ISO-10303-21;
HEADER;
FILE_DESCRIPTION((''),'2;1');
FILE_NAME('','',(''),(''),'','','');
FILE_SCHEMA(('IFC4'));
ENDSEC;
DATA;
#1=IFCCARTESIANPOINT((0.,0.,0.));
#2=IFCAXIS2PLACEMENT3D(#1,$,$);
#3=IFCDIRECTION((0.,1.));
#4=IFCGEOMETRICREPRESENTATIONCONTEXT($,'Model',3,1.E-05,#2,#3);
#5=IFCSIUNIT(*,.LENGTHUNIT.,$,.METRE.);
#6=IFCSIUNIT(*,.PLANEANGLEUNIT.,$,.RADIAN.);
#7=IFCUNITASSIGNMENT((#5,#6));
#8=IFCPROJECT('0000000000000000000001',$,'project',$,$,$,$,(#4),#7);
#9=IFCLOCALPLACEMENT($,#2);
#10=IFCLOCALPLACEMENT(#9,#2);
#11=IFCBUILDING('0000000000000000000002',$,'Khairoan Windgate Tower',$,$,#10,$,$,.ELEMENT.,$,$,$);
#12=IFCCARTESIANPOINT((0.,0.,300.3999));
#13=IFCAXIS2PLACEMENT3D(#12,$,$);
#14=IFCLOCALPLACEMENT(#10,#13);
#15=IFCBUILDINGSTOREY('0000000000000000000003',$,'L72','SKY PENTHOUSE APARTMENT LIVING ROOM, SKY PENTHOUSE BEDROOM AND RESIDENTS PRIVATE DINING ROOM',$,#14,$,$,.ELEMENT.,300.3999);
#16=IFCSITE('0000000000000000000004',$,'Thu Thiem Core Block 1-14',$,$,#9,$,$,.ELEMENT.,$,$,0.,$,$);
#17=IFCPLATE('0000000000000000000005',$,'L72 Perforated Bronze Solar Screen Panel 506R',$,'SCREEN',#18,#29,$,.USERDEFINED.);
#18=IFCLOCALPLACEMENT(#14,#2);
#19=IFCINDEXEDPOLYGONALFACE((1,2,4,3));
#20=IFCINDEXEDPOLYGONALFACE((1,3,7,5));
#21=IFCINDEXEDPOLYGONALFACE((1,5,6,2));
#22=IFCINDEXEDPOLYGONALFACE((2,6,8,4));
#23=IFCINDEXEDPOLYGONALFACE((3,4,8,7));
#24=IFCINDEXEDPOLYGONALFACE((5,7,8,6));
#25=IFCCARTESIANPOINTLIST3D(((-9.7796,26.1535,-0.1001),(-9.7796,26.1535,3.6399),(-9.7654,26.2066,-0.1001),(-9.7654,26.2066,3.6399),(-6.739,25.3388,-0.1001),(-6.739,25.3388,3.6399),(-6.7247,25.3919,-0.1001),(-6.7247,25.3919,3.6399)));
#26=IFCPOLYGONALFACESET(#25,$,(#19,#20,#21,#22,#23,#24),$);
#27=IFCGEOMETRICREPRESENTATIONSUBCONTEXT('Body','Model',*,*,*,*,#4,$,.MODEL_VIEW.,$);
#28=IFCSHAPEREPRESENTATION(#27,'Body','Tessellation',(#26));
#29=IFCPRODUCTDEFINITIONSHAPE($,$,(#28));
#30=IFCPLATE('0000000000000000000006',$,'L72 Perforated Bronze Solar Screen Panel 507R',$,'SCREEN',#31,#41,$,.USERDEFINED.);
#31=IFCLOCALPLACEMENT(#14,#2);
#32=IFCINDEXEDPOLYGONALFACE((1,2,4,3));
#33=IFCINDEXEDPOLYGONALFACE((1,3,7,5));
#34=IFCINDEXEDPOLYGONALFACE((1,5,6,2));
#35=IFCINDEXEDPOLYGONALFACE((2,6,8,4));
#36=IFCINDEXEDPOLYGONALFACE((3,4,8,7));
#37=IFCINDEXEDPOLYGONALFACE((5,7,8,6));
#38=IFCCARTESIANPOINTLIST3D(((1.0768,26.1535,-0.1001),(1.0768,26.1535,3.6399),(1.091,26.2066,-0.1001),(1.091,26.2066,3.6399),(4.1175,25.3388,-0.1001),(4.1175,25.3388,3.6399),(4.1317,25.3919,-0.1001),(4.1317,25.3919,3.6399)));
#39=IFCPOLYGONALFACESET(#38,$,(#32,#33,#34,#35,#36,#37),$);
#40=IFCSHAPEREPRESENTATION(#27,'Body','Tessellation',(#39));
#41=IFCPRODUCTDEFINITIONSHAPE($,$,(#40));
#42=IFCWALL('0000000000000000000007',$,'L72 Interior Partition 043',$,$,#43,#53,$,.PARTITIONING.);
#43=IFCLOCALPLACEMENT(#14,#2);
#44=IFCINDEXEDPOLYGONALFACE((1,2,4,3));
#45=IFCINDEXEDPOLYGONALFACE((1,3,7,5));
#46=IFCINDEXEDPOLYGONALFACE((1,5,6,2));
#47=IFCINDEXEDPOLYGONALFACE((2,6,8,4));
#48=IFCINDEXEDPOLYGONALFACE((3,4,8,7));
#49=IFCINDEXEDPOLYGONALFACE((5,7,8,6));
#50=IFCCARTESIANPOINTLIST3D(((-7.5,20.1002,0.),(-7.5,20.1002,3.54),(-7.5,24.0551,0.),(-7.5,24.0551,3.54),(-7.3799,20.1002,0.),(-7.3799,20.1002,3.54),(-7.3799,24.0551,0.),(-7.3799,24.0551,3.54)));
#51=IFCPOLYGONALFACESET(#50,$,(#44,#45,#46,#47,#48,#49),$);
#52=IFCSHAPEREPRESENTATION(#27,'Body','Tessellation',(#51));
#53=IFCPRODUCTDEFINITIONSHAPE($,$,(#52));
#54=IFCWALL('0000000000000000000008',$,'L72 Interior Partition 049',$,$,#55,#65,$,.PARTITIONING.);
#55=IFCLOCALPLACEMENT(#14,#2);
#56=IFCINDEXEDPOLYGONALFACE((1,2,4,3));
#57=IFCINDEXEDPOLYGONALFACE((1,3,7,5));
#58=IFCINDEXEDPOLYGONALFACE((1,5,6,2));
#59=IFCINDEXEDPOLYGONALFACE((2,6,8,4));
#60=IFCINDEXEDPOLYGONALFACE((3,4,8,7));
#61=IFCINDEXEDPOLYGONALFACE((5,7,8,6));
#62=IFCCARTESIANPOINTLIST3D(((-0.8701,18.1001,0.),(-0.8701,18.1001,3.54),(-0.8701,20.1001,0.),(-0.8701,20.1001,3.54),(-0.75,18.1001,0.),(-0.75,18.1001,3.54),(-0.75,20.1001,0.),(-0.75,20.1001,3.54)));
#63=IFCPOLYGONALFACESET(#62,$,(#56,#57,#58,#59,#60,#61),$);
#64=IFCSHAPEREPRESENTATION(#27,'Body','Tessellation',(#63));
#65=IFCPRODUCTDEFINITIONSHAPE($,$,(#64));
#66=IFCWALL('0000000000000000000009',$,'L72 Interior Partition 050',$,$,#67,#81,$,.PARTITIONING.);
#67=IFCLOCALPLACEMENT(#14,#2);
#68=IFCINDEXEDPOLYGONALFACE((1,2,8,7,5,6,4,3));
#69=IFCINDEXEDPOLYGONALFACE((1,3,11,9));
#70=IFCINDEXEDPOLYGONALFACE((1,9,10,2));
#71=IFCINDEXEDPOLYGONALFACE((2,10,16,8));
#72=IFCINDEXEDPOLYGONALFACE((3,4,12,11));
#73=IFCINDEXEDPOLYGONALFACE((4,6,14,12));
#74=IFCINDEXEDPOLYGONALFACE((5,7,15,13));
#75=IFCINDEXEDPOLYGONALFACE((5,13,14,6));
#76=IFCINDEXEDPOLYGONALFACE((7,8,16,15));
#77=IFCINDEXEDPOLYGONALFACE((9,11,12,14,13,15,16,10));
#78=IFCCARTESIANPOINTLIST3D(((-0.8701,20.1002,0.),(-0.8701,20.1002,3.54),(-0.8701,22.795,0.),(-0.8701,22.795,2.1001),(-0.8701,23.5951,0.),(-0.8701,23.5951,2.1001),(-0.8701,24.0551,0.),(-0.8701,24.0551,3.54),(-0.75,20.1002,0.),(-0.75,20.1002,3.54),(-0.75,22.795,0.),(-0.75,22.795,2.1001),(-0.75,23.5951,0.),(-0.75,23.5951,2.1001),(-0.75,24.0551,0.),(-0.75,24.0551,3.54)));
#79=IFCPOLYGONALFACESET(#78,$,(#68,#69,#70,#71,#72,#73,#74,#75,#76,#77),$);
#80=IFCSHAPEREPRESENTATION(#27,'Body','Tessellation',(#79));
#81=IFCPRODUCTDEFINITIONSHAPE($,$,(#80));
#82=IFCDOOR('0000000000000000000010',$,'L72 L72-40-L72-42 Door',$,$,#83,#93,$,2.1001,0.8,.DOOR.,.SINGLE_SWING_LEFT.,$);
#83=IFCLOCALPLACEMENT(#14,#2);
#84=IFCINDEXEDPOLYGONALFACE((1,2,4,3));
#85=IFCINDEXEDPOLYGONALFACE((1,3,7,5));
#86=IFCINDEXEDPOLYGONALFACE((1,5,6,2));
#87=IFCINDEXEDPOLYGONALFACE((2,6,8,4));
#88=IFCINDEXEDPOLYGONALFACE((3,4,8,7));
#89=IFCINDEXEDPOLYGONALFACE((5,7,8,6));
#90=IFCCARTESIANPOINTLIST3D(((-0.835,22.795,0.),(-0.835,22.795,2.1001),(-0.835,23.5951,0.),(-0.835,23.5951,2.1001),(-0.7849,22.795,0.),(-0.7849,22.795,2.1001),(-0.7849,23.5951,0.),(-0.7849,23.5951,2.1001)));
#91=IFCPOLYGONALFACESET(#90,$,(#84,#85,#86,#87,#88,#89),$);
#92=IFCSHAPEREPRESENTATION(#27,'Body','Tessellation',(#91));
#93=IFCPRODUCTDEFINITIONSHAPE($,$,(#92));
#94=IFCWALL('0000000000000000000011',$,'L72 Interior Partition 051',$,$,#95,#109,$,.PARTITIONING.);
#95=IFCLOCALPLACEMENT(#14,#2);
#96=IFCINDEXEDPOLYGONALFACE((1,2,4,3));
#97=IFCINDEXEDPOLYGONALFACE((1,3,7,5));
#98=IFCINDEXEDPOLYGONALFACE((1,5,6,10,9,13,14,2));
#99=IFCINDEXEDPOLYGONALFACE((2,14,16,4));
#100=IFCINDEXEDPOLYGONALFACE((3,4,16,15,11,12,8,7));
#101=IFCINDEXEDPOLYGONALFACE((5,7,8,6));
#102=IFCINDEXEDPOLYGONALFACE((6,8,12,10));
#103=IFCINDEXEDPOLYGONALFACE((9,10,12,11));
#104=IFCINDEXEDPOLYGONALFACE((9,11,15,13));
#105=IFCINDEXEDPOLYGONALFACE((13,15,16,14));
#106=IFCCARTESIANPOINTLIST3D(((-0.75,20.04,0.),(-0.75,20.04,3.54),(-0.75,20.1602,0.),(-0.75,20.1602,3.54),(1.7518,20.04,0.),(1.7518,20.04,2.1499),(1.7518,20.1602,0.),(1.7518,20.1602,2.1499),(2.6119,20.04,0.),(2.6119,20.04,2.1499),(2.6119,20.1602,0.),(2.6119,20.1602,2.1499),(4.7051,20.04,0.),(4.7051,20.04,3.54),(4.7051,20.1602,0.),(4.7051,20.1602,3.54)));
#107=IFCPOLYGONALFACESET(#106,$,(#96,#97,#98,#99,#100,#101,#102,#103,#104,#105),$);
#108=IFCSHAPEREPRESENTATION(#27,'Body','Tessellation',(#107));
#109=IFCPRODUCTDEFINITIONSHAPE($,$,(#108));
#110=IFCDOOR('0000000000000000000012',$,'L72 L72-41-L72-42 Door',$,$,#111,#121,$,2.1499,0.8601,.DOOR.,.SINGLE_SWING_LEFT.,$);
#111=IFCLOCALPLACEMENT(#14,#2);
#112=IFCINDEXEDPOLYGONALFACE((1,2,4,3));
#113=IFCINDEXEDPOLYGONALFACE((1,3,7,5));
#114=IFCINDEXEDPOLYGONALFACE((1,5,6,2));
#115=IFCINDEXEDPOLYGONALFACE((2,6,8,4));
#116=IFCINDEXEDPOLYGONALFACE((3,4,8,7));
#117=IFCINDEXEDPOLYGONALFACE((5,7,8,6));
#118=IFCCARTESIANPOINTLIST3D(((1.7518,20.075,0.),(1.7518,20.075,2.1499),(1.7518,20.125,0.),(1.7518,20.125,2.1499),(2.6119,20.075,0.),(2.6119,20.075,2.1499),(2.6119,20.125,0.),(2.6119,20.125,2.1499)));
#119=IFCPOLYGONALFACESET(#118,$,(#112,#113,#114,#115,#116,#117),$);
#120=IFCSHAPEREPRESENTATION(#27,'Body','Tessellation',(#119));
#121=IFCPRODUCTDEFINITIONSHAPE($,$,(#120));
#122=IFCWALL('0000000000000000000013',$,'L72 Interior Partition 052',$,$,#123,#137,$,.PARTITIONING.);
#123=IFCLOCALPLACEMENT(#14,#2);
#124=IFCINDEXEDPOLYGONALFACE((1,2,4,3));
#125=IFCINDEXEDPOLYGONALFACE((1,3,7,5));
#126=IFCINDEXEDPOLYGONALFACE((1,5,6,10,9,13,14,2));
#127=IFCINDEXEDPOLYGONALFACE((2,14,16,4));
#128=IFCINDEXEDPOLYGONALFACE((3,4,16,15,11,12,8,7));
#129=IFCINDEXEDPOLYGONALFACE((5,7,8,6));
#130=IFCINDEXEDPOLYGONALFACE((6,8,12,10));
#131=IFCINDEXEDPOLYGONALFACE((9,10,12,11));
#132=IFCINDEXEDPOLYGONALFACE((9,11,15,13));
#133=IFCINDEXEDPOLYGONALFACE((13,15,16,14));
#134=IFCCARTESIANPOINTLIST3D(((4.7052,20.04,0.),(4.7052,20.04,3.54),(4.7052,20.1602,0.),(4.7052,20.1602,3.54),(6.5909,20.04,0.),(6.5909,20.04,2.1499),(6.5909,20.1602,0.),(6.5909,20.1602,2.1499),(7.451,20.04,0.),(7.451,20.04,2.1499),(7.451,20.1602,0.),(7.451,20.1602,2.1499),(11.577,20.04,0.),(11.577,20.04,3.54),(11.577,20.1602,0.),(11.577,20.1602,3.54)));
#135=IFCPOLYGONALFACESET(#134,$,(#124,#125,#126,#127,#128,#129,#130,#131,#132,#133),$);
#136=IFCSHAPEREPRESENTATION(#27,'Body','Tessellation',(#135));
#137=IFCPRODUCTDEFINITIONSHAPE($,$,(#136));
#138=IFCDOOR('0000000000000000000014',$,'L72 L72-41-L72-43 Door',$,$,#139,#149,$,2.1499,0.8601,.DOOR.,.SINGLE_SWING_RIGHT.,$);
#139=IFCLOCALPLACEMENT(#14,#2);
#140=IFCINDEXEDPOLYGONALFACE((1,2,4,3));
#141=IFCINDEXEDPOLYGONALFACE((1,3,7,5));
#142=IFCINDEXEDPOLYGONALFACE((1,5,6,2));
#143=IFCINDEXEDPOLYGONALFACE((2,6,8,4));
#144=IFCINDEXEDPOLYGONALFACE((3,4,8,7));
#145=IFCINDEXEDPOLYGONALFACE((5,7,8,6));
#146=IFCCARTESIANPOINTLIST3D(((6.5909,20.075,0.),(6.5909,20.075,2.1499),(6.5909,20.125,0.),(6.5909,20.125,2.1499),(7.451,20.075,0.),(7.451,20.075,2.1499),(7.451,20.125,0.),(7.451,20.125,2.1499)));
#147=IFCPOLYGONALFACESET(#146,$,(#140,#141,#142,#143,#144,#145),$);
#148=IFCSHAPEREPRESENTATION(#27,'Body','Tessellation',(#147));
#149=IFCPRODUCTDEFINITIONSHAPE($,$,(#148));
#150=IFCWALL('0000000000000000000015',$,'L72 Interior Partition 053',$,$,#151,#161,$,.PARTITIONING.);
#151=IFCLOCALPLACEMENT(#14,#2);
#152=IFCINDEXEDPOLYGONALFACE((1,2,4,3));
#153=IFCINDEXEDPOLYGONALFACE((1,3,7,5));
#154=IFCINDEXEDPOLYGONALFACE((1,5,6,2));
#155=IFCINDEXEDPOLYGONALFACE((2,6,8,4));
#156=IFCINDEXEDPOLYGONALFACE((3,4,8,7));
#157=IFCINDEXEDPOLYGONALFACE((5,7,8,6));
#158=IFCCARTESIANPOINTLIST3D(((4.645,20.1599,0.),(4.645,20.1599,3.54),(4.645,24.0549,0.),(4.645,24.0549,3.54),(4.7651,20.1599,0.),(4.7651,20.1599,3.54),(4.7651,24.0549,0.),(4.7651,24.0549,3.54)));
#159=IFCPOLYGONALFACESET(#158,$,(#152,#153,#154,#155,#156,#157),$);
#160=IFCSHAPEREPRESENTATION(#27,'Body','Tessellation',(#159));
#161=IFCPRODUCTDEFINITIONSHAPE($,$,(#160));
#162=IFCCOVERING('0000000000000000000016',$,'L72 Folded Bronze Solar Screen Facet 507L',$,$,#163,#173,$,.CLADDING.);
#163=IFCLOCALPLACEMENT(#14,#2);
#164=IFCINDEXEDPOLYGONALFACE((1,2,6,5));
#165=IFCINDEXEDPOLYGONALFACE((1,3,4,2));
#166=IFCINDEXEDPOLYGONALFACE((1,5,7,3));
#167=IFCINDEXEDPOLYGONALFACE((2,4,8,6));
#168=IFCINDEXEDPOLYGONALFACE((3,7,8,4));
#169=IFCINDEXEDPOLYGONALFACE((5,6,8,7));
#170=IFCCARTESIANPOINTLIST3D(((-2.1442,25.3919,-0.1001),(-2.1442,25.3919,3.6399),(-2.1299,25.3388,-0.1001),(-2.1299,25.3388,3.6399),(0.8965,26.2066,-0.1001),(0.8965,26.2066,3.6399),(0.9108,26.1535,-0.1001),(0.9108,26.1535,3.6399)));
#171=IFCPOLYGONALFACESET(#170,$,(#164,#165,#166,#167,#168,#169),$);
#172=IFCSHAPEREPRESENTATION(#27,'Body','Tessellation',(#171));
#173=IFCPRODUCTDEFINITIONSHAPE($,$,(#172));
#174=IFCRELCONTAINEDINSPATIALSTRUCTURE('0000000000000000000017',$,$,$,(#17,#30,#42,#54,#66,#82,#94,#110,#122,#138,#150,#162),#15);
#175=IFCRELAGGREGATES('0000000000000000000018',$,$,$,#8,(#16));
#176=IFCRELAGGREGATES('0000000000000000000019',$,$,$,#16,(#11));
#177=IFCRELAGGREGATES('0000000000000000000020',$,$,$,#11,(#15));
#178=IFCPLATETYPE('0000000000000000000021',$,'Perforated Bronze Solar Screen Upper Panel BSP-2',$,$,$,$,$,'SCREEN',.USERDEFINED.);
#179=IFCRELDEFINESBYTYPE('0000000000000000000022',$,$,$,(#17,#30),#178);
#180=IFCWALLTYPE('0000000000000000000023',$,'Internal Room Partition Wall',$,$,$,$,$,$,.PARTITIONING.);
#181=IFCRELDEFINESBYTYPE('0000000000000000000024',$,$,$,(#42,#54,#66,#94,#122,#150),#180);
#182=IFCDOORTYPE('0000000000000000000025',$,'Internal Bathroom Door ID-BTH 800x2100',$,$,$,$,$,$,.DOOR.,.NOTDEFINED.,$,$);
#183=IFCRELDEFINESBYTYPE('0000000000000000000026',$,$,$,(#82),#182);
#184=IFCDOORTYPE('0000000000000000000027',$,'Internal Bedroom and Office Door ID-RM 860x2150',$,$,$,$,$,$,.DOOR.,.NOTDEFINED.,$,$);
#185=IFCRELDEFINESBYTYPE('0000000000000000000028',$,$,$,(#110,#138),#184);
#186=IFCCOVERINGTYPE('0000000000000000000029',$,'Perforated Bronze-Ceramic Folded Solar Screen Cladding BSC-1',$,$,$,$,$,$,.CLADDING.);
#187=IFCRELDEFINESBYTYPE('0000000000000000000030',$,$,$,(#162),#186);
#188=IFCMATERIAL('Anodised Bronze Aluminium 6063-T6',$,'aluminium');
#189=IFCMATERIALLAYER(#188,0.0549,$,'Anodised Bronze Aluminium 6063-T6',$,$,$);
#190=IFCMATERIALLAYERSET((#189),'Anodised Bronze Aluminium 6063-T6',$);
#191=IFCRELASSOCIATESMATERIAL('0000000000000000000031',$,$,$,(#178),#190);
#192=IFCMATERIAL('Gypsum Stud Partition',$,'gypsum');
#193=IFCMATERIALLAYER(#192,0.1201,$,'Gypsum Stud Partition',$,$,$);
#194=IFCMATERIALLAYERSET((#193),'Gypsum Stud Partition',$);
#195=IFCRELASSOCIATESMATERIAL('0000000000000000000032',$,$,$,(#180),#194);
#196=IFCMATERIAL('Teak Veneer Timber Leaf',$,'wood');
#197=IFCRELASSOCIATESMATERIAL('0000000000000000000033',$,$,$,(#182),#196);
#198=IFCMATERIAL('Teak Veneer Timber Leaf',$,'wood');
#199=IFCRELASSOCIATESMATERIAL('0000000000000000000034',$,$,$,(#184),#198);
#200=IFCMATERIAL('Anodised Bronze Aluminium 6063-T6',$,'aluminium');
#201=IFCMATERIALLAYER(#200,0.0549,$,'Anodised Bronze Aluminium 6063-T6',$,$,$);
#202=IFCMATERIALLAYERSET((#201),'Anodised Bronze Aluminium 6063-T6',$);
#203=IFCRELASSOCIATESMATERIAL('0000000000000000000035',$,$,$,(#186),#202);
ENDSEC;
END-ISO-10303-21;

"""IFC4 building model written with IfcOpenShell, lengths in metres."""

from ifc_helpers import new_model, si_unit, direction, frame, frame_2d, origin, origin_2d, place, context, subcontext, project, spatial, rectangle, extrude, material, layer, layer_set, type_object, element, fill, save


model = new_model("IFC4")

# Units and contexts
model_context = context("Model", 3, precision=1e-05, world=origin(), true_north=direction((0.0, 1.0)))
body_context = subcontext(model_context, "Body", "Model", "MODEL_VIEW")
ifc_project = project(units=[si_unit("LENGTHUNIT", "METRE"), si_unit("PLANEANGLEUNIT", "RADIAN")], contexts=[model_context])

# Site, building, storey
site_placement = place(None, origin())
site = spatial("IfcSite", under=ifc_project, at=site_placement, Name="Thu Thiem Core Block 1-14", CompositionType="ELEMENT", RefElevation=0.0)
building_placement = place(site_placement, origin())
building = spatial("IfcBuilding", under=site, at=building_placement, Name="Khairoan Windgate Tower", CompositionType="ELEMENT")
storey_placement = place(building_placement, frame((0.0, 0.0, 300.3999)))
storey = spatial("IfcBuildingStorey", under=building, at=storey_placement, Name="L72", Description="SKY PENTHOUSE APARTMENT LIVING ROOM, SKY PENTHOUSE BEDROOM AND RESIDENTS PRIVATE DINING ROOM", CompositionType="ELEMENT", Elevation=300.3999)

# Plates
ifc_material_1 = material(Name="Anodised Bronze Aluminium 6063-T6", Category="aluminium")
ifc_layer_1 = layer(ifc_material_1, 0.0549, Name="Anodised Bronze Aluminium 6063-T6")
ifc_layer_set_1 = layer_set([ifc_layer_1], Name="Anodised Bronze Aluminium 6063-T6")
plate_type = type_object("IfcPlateType", Name="Perforated Bronze Solar Screen Upper Panel BSP-2", ElementType="SCREEN", PredefinedType="USERDEFINED", material=ifc_layer_set_1)
for number, where, z_axis, x_axis, name in (
    (1, (-8.2522, 25.7727, -0.1001), (0.0, 0.0, 1.0), (0.965926, -0.258819, 0.0), "L72 Perforated Bronze Solar Screen Panel 506R"),
    (2, (2.6042, 25.7727, -0.1001), (0.0, 0.0, 1.0), (0.965926, -0.258819, 0.0), "L72 Perforated Bronze Solar Screen Panel 507R"),
):
    element("IfcPlate", number, at=place(storey_placement, frame(where, z_axis=z_axis, x_axis=x_axis)), inside=storey, type_object=plate_type, Name=name, ObjectType="SCREEN", PredefinedType="USERDEFINED", context=body_context, shape_type="SweptSolid", body=[
        extrude(rectangle(XDim=3.1479, YDim=0.0549, at=origin_2d()), origin(), (0.0, 0.0, 1.0), 3.74),
    ])

# Walls
ifc_material_2 = material(Name="Gypsum Stud Partition", Category="gypsum")
ifc_layer_2 = layer(ifc_material_2, 0.1201, Name="Gypsum Stud Partition")
ifc_layer_set_2 = layer_set([ifc_layer_2], Name="Gypsum Stud Partition")
wall_type = type_object("IfcWallType", Name="Internal Room Partition Wall", PredefinedType="PARTITIONING", material=ifc_layer_set_2)
wall_1_placement = place(storey_placement, frame((-7.4399, 20.1001, 0.0), z_axis=(0.0, 0.0, 1.0), x_axis=(0.0, 1.0, 0.0)))
element("IfcWall", 3, at=wall_1_placement, inside=storey, type_object=wall_type, Name="L72 Interior Partition 043", PredefinedType="PARTITIONING", context=body_context, shape_type="SweptSolid", body=[
    extrude(rectangle(XDim=3.9548, YDim=0.1201, at=frame_2d((1.9775, 0.0))), origin(), (0.0, 0.0, 1.0), 3.54),
])
wall_2_placement = place(storey_placement, frame((-0.8101, 18.1001, 0.0), z_axis=(0.0, 0.0, 1.0), x_axis=(0.0, 1.0, 0.0)))
element("IfcWall", 4, at=wall_2_placement, inside=storey, type_object=wall_type, Name="L72 Interior Partition 049", PredefinedType="PARTITIONING", context=body_context, shape_type="SweptSolid", body=[
    extrude(rectangle(XDim=2.0, YDim=0.1201, at=frame_2d((1.0, 0.0))), origin(), (0.0, 0.0, 1.0), 3.54),
])

# Walls, openings, doors
wall_3_placement = place(storey_placement, frame((-0.8101, 20.1001, 0.0), z_axis=(0.0, 0.0, 1.0), x_axis=(0.0, 1.0, 0.0)))
wall_3 = element("IfcWall", 5, at=wall_3_placement, inside=storey, type_object=wall_type, Name="L72 Interior Partition 050", PredefinedType="PARTITIONING", context=body_context, shape_type="SweptSolid", body=[
    extrude(rectangle(XDim=3.9548, YDim=0.1201, at=frame_2d((1.9775, 0.0))), origin(), (0.0, 0.0, 1.0), 3.54),
])
opening_1_placement = place(wall_3_placement, frame((2.6951, 0.0, 0.0)))
opening_1 = element("IfcOpeningElement", 6, at=opening_1_placement, cuts=wall_3, PredefinedType="OPENING", context=body_context, shape_type="SweptSolid", body=[
    extrude(rectangle(XDim=0.8, YDim=2.1001, at=frame_2d((0.3999, 1.05))), frame((0.0, 0.0701, 0.0), z_axis=(0.0, -1.0, 0.0), x_axis=(1.0, 0.0, 0.0)), (0.0, 0.0, 1.0), 0.1401),
])
ifc_material_3 = material(Name="Teak Veneer Timber Leaf", Category="wood")
door_type_1 = type_object("IfcDoorType", Name="Internal Bathroom Door ID-BTH 800x2100", OperationType="NOTDEFINED", PredefinedType="DOOR", material=ifc_material_3)
door_1_placement = place(opening_1_placement, origin())
door_1 = element("IfcDoor", 7, at=door_1_placement, inside=storey, type_object=door_type_1, Name="L72 L72-40-L72-42 Door", OperationType="SINGLE_SWING_LEFT", OverallHeight=2.1001, OverallWidth=0.8, PredefinedType="DOOR", context=body_context, shape_type="SweptSolid", body=[
    extrude(rectangle(XDim=0.8, YDim=2.1001, at=frame_2d((0.3999, 1.05))), frame((0.0, 0.0249, 0.0), z_axis=(0.0, -1.0, 0.0), x_axis=(1.0, 0.0, 0.0)), (0.0, 0.0, 1.0), 0.05),
])
fill(opening_1, door_1)
wall_4_placement = place(storey_placement, frame((-0.75, 20.1001, 0.0), z_axis=(0.0, 0.0, 1.0), x_axis=(1.0, 0.0, 0.0)))
wall_4 = element("IfcWall", 8, at=wall_4_placement, inside=storey, type_object=wall_type, Name="L72 Interior Partition 051", PredefinedType="PARTITIONING", context=body_context, shape_type="SweptSolid", body=[
    extrude(rectangle(XDim=5.4551, YDim=0.1201, at=frame_2d((2.7275, 0.0))), origin(), (0.0, 0.0, 1.0), 3.54),
])
opening_2_placement = place(wall_4_placement, frame((2.5017, 0.0, 0.0)))
opening_2 = element("IfcOpeningElement", 9, at=opening_2_placement, cuts=wall_4, PredefinedType="OPENING", context=body_context, shape_type="SweptSolid", body=[
    extrude(rectangle(XDim=0.8601, YDim=2.1499, at=frame_2d((0.4302, 1.075))), frame((0.0, 0.0701, 0.0), z_axis=(0.0, -1.0, 0.0), x_axis=(1.0, 0.0, 0.0)), (0.0, 0.0, 1.0), 0.1401),
])
ifc_material_4 = material(Name="Teak Veneer Timber Leaf", Category="wood")
door_type_2 = type_object("IfcDoorType", Name="Internal Bedroom and Office Door ID-RM 860x2150", OperationType="NOTDEFINED", PredefinedType="DOOR", material=ifc_material_4)
door_2_placement = place(opening_2_placement, origin())
door_2 = element("IfcDoor", 10, at=door_2_placement, inside=storey, type_object=door_type_2, Name="L72 L72-41-L72-42 Door", OperationType="SINGLE_SWING_LEFT", OverallHeight=2.1499, OverallWidth=0.8601, PredefinedType="DOOR", context=body_context, shape_type="SweptSolid", body=[
    extrude(rectangle(XDim=0.8601, YDim=2.1499, at=frame_2d((0.4302, 1.075))), frame((0.0, 0.0249, 0.0), z_axis=(0.0, -1.0, 0.0), x_axis=(1.0, 0.0, 0.0)), (0.0, 0.0, 1.0), 0.05),
])
fill(opening_2, door_2)
wall_5_placement = place(storey_placement, frame((4.7051, 20.1001, 0.0), z_axis=(0.0, 0.0, 1.0), x_axis=(1.0, 0.0, 0.0)))
wall_5 = element("IfcWall", 11, at=wall_5_placement, inside=storey, type_object=wall_type, Name="L72 Interior Partition 052", PredefinedType="PARTITIONING", context=body_context, shape_type="SweptSolid", body=[
    extrude(rectangle(XDim=6.8718, YDim=0.1201, at=frame_2d((3.436, 0.0))), origin(), (0.0, 0.0, 1.0), 3.54),
])
opening_3_placement = place(wall_5_placement, frame((1.8857, 0.0, 0.0)))
opening_3 = element("IfcOpeningElement", 12, at=opening_3_placement, cuts=wall_5, PredefinedType="OPENING", context=body_context, shape_type="SweptSolid", body=[
    extrude(rectangle(XDim=0.8601, YDim=2.1499, at=frame_2d((0.4302, 1.075))), frame((0.0, 0.0701, 0.0), z_axis=(0.0, -1.0, 0.0), x_axis=(1.0, 0.0, 0.0)), (0.0, 0.0, 1.0), 0.1401),
])
door_3_placement = place(opening_3_placement, origin())
door_3 = element("IfcDoor", 13, at=door_3_placement, inside=storey, type_object=door_type_2, Name="L72 L72-41-L72-43 Door", OperationType="SINGLE_SWING_RIGHT", OverallHeight=2.1499, OverallWidth=0.8601, PredefinedType="DOOR", context=body_context, shape_type="SweptSolid", body=[
    extrude(rectangle(XDim=0.8601, YDim=2.1499, at=frame_2d((0.4302, 1.075))), frame((0.0, 0.0249, 0.0), z_axis=(0.0, -1.0, 0.0), x_axis=(1.0, 0.0, 0.0)), (0.0, 0.0, 1.0), 0.05),
])
fill(opening_3, door_3)

# Wall
wall_6_placement = place(storey_placement, frame((4.7051, 20.1599, 0.0), z_axis=(0.0, 0.0, 1.0), x_axis=(0.0, 1.0, 0.0)))
element("IfcWall", 14, at=wall_6_placement, inside=storey, type_object=wall_type, Name="L72 Interior Partition 053", PredefinedType="PARTITIONING", context=body_context, shape_type="SweptSolid", body=[
    extrude(rectangle(XDim=3.895, YDim=0.1201, at=frame_2d((1.9475, 0.0))), origin(), (0.0, 0.0, 1.0), 3.54),
])

# Covering
ifc_material_5 = material(Name="Anodised Bronze Aluminium 6063-T6", Category="aluminium")
ifc_layer_3 = layer(ifc_material_5, 0.0549, Name="Anodised Bronze Aluminium 6063-T6")
ifc_layer_set_3 = layer_set([ifc_layer_3], Name="Anodised Bronze Aluminium 6063-T6")
covering_type = type_object("IfcCoveringType", Name="Perforated Bronze-Ceramic Folded Solar Screen Cladding BSC-1", PredefinedType="CLADDING", material=ifc_layer_set_3)
covering_placement = place(storey_placement, frame((-0.6167, 25.7727, -0.1001), z_axis=(0.0, 0.0, 1.0), x_axis=(0.965926, 0.258819, 0.0)))
element("IfcCovering", 15, at=covering_placement, inside=storey, type_object=covering_type, Name="L72 Folded Bronze Solar Screen Facet 507L", PredefinedType="CLADDING", context=body_context, shape_type="SweptSolid", body=[
    extrude(rectangle(XDim=3.1479, YDim=0.0549, at=origin_2d()), origin(), (0.0, 0.0, 1.0), 3.74),
])

save(model, "model.ifc")
